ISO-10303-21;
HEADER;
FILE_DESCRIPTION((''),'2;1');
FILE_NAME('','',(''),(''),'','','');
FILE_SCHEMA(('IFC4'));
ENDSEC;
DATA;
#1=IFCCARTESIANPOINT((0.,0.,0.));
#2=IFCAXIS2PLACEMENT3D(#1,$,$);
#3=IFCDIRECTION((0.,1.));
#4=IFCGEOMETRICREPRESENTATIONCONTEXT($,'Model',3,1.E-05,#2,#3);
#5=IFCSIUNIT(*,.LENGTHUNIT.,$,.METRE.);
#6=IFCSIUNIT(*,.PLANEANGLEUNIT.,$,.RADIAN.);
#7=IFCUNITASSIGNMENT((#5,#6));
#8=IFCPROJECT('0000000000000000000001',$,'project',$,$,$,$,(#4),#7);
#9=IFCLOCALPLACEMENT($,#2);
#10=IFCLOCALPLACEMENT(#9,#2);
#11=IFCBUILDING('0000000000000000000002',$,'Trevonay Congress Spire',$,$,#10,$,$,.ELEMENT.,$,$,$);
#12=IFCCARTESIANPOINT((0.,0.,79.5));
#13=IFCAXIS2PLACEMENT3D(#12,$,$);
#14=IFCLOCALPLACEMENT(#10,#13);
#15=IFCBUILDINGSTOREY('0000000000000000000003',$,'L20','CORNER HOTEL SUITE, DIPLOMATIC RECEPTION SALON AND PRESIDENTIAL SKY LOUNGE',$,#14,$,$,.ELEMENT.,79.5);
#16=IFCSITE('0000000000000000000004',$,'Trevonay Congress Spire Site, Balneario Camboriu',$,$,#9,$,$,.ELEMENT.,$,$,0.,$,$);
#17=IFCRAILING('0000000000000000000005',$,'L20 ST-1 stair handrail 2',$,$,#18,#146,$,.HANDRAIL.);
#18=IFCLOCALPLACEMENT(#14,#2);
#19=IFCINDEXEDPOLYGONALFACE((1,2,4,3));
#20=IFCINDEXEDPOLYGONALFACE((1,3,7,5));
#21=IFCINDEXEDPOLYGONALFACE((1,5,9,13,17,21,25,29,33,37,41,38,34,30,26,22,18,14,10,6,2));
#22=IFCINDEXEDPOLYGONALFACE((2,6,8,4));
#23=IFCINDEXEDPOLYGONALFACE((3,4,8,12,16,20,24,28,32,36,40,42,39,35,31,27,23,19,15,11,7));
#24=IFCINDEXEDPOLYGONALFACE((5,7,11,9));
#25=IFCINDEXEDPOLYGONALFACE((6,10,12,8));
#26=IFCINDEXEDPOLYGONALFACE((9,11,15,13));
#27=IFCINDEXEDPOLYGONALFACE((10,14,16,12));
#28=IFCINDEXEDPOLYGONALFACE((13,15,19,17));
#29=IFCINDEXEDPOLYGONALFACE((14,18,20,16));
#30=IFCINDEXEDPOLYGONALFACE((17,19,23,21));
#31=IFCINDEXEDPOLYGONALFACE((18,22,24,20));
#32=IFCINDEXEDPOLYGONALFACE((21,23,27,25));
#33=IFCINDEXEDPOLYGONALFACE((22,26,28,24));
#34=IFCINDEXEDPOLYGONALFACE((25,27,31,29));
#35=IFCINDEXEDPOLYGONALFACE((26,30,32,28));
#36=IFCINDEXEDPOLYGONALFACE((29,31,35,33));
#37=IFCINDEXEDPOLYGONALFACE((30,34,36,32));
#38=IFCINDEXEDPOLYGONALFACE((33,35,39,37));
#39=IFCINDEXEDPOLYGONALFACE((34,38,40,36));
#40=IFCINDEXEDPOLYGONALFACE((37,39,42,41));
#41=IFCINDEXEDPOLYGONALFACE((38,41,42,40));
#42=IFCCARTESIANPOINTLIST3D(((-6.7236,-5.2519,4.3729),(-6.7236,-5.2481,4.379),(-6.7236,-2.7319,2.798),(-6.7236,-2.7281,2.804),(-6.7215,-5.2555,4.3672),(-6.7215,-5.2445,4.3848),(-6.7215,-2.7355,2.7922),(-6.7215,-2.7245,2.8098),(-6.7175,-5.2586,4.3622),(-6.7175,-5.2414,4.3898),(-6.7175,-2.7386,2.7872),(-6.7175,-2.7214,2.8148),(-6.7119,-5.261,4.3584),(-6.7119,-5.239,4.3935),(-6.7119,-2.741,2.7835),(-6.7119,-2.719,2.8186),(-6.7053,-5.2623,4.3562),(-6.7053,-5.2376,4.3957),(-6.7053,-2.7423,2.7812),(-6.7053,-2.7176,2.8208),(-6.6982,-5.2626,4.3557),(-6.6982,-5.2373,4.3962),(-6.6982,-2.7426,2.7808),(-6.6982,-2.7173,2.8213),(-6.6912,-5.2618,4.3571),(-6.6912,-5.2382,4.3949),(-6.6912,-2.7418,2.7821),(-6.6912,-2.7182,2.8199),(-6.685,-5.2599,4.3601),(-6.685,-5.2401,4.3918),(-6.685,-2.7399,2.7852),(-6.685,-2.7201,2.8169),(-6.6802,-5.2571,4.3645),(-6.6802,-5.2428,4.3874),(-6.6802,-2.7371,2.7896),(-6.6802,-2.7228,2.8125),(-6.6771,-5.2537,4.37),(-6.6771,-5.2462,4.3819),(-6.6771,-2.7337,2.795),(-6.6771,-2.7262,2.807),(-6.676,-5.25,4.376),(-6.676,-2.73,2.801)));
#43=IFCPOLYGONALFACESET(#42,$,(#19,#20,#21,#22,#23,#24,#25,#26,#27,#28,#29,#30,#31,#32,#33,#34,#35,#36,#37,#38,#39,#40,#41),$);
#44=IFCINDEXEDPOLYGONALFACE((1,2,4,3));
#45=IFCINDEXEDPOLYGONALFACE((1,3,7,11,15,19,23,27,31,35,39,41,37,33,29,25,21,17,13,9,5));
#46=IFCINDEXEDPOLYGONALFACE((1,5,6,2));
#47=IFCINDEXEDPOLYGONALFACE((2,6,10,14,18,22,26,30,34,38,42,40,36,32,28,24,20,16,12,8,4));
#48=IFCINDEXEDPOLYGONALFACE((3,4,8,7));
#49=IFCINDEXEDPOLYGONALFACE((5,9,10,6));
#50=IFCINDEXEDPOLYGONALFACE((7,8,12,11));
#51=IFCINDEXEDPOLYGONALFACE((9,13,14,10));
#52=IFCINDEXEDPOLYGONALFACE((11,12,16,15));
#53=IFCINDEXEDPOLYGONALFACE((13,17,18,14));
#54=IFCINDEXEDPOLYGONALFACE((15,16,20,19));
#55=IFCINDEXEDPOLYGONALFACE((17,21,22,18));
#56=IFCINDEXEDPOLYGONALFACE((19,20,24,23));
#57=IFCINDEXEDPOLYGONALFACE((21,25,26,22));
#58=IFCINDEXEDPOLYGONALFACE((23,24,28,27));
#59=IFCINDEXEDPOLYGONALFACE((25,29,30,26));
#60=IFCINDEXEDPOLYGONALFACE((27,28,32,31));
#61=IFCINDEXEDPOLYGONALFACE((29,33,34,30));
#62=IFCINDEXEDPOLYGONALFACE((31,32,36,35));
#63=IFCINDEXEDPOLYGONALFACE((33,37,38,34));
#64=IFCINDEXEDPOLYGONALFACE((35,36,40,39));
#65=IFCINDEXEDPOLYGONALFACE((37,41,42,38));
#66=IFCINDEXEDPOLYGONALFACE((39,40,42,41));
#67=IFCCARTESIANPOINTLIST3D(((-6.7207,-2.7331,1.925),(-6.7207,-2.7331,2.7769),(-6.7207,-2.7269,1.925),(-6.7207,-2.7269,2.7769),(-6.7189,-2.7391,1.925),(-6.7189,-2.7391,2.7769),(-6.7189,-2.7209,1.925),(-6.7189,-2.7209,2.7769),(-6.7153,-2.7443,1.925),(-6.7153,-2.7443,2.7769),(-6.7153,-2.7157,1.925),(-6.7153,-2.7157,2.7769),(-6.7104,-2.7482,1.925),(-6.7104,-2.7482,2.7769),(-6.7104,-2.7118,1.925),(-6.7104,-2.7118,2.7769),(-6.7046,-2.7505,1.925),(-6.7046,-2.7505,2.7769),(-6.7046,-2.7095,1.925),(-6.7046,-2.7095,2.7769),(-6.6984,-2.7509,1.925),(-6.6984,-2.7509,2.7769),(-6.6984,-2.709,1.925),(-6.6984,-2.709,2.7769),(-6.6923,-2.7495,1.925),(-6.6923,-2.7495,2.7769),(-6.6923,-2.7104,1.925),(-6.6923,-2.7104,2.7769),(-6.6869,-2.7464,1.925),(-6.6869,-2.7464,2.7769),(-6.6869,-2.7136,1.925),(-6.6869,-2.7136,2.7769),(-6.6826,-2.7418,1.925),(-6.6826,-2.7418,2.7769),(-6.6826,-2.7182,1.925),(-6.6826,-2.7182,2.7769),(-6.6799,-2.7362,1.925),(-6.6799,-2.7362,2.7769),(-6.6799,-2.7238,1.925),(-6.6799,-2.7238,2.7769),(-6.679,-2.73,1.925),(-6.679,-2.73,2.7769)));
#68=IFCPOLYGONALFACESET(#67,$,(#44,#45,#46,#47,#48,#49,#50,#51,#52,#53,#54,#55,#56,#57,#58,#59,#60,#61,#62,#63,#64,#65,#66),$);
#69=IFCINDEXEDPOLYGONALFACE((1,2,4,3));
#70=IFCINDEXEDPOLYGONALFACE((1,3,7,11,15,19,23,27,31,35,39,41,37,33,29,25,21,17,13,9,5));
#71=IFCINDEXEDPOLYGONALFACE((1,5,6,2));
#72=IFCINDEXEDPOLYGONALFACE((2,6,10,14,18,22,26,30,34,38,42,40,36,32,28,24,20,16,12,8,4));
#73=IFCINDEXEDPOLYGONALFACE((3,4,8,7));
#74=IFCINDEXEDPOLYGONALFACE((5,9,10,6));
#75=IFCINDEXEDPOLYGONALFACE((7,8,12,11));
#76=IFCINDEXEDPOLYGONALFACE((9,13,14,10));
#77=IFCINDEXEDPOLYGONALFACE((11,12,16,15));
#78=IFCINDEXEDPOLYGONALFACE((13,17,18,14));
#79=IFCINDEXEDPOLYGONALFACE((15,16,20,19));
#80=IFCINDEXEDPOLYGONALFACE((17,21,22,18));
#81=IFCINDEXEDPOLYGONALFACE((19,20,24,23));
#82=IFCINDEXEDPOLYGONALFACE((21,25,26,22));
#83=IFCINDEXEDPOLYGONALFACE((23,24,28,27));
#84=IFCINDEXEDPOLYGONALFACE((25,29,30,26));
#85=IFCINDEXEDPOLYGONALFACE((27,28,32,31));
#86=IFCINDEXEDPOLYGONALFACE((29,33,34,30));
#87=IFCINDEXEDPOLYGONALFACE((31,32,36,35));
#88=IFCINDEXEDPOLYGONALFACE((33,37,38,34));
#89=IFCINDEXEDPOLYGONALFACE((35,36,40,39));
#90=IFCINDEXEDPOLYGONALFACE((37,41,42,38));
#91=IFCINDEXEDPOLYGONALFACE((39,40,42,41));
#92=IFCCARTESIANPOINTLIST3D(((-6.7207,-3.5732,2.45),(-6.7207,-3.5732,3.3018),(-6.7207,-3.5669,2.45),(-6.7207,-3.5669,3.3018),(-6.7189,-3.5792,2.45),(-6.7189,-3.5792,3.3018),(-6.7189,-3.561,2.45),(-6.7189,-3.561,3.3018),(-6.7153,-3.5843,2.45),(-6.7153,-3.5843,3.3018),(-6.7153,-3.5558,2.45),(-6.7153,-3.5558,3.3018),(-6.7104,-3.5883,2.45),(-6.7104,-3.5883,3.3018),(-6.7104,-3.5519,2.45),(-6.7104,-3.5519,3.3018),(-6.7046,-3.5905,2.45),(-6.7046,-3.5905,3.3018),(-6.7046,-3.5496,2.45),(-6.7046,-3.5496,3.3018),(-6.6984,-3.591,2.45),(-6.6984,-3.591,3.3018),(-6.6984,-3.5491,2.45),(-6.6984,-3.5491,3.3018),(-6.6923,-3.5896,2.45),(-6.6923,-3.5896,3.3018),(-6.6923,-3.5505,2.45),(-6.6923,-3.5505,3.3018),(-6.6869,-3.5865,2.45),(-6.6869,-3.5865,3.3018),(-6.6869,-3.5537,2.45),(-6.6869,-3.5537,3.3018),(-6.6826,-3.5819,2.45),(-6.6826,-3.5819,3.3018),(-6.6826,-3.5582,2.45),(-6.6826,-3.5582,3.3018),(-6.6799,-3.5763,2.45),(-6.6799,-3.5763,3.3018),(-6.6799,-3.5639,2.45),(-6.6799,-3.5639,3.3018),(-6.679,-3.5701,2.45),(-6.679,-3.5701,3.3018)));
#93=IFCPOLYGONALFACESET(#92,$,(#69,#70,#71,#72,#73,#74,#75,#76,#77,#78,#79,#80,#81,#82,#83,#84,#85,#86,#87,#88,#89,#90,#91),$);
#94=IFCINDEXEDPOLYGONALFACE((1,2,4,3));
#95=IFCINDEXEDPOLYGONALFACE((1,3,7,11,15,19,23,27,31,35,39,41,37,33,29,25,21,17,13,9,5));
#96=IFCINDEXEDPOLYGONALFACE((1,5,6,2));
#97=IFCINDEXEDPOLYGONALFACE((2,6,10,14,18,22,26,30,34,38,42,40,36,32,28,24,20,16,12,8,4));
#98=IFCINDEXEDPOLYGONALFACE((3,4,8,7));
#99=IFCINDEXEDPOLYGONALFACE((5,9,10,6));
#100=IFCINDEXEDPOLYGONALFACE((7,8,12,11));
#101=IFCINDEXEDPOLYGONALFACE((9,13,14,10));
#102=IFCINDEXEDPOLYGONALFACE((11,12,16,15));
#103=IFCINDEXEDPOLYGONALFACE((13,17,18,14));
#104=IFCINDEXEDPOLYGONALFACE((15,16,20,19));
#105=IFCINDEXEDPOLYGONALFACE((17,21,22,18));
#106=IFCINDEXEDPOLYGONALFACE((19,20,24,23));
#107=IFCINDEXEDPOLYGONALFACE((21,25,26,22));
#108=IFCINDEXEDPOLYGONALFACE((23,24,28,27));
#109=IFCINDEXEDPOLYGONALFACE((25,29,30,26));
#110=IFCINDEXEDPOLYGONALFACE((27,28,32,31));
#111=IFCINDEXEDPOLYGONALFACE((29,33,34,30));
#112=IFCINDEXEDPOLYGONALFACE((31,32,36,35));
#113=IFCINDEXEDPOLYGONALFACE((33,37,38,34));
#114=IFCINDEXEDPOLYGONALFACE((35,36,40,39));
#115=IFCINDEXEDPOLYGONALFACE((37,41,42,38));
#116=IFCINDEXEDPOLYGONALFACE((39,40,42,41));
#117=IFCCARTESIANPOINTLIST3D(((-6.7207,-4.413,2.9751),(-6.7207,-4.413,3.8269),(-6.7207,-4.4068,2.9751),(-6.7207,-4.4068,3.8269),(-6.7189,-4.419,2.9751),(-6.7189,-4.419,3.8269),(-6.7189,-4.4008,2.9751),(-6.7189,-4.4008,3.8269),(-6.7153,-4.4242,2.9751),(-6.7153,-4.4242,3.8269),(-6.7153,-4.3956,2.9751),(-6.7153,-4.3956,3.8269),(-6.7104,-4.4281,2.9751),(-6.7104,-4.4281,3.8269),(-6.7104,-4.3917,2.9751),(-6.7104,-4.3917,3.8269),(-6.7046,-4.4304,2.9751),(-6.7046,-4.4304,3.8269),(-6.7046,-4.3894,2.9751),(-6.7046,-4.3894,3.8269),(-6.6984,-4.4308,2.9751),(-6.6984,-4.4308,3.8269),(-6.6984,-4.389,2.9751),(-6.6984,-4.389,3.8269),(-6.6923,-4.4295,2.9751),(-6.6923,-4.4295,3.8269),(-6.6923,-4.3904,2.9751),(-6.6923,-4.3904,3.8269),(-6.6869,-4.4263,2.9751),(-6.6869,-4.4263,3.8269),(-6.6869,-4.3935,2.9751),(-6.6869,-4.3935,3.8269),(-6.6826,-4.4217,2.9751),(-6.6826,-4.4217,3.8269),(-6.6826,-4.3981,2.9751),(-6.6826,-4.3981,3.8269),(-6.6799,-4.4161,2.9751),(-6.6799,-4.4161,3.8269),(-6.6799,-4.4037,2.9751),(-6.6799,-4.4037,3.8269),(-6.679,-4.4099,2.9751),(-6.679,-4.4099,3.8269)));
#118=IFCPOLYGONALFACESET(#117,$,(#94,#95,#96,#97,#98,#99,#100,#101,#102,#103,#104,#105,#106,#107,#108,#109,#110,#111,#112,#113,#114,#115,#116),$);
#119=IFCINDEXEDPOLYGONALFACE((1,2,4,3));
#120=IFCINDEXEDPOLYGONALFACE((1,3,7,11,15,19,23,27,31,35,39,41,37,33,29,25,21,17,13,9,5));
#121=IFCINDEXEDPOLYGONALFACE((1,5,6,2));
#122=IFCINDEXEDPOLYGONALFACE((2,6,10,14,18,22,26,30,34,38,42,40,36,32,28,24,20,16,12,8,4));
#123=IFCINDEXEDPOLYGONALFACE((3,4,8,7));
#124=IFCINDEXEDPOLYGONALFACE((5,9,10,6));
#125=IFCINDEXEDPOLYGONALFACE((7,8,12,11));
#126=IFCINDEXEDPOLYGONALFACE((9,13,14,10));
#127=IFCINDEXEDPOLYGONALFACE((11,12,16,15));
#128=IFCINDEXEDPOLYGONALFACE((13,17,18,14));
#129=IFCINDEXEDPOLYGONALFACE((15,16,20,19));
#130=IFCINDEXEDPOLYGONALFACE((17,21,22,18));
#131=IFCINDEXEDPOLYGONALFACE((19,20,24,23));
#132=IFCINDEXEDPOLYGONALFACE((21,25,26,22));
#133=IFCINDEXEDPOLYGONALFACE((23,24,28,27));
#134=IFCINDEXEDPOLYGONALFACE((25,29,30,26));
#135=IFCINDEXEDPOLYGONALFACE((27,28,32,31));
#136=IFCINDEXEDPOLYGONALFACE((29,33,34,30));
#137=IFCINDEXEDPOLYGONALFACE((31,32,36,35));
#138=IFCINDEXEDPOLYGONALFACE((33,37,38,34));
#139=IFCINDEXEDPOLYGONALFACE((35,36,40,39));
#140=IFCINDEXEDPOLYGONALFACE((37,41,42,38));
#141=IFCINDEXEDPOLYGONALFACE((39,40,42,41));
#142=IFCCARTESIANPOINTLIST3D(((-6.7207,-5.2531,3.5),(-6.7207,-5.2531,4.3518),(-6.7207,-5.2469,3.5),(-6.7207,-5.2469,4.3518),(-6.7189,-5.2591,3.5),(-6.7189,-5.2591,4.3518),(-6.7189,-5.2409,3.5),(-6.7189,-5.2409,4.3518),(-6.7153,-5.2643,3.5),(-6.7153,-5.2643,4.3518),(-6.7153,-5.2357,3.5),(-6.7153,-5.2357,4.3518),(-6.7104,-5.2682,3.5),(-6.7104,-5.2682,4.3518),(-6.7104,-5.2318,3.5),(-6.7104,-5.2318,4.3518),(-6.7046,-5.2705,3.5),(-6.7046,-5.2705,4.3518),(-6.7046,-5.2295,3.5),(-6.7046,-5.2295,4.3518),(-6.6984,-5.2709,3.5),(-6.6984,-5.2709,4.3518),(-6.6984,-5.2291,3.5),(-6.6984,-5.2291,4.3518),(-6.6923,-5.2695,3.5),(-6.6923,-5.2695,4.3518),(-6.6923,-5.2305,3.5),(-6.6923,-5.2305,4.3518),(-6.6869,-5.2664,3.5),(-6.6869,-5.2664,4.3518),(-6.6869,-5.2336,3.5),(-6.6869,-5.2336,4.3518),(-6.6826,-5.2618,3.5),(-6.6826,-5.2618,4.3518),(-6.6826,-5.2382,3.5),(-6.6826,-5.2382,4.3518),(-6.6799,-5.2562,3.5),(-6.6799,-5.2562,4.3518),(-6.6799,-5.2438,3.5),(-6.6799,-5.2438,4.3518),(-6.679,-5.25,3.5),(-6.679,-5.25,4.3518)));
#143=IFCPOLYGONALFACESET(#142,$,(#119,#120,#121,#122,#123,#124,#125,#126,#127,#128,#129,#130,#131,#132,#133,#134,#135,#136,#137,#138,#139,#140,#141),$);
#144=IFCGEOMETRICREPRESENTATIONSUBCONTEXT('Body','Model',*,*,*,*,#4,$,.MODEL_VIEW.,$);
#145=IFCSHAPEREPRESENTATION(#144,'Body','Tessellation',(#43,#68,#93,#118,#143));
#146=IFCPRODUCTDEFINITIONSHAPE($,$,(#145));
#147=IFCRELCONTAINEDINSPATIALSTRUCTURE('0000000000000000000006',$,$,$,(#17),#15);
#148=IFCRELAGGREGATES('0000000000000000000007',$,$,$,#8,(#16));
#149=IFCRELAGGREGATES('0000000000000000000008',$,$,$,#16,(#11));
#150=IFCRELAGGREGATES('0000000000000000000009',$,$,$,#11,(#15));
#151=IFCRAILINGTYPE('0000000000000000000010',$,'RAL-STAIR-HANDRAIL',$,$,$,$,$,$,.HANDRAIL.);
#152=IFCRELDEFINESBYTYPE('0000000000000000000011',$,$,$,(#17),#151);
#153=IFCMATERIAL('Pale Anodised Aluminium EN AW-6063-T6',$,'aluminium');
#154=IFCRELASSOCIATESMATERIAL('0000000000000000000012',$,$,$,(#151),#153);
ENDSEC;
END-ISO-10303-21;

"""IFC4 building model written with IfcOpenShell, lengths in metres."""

from ifc_helpers import new_model, si_unit, direction, frame, origin, origin_2d, place, context, subcontext, project, spatial, circle, extrude, material, type_object, element, save


model = new_model("IFC4")

# Units and contexts
model_context = context("Model", 3, precision=1e-05, world=origin(), true_north=direction((0.0, 1.0)))
body_context = subcontext(model_context, "Body", "Model", "MODEL_VIEW")
ifc_project = project(units=[si_unit("LENGTHUNIT", "METRE"), si_unit("PLANEANGLEUNIT", "RADIAN")], contexts=[model_context])

# Site, building, storey
site_placement = place(None, origin())
site = spatial("IfcSite", under=ifc_project, at=site_placement, Name="Trevonay Congress Spire Site, Balneario Camboriu", CompositionType="ELEMENT", RefElevation=0.0)
building_placement = place(site_placement, origin())
building = spatial("IfcBuilding", under=site, at=building_placement, Name="Trevonay Congress Spire", CompositionType="ELEMENT")
storey_placement = place(building_placement, frame((0.0, 0.0, 79.5)))
storey = spatial("IfcBuildingStorey", under=building, at=storey_placement, Name="L20", Description="CORNER HOTEL SUITE, DIPLOMATIC RECEPTION SALON AND PRESIDENTIAL SKY LOUNGE", CompositionType="ELEMENT", Elevation=79.5)

# Shared definitions
ifc_material_1 = material(Name="Pale Anodised Aluminium EN AW-6063-T6", Category="aluminium")

# Railing
railing_type_1 = type_object("IfcRailingType", Name="RAL-STAIR-HANDRAIL", PredefinedType="HANDRAIL", material=ifc_material_1)
railing_1_placement = place(storey_placement, frame((-6.7, -2.73, 1.925)))
element("IfcRailing", 1, at=railing_1_placement, inside=storey, type_object=railing_type_1, Name="L20 ST-1 stair handrail 2", PredefinedType="HANDRAIL", context=body_context, shape_type="SweptSolid", body=[
    extrude(circle(Radius=0.0239, at=origin_2d()), frame((0.0, 0.0, 0.876), z_axis=(0.0, -0.848008, 0.529984), x_axis=(1.0, 0.0, 0.0)), (0.0, 0.0, 1.0), 2.9717),
    extrude(circle(Radius=0.021, at=origin_2d()), origin(), (0.0, 0.0, 1.0), 0.8518),
    extrude(circle(Radius=0.021, at=origin_2d()), frame((0.0, -0.8401, 0.5249)), (0.0, 0.0, 1.0), 0.8518),
    extrude(circle(Radius=0.021, at=origin_2d()), frame((0.0, -1.6799, 1.05)), (0.0, 0.0, 1.0), 0.8518),
    extrude(circle(Radius=0.021, at=origin_2d()), frame((0.0, -2.52, 1.575)), (0.0, 0.0, 1.0), 0.8518),
])

save(model, "model.ifc")
